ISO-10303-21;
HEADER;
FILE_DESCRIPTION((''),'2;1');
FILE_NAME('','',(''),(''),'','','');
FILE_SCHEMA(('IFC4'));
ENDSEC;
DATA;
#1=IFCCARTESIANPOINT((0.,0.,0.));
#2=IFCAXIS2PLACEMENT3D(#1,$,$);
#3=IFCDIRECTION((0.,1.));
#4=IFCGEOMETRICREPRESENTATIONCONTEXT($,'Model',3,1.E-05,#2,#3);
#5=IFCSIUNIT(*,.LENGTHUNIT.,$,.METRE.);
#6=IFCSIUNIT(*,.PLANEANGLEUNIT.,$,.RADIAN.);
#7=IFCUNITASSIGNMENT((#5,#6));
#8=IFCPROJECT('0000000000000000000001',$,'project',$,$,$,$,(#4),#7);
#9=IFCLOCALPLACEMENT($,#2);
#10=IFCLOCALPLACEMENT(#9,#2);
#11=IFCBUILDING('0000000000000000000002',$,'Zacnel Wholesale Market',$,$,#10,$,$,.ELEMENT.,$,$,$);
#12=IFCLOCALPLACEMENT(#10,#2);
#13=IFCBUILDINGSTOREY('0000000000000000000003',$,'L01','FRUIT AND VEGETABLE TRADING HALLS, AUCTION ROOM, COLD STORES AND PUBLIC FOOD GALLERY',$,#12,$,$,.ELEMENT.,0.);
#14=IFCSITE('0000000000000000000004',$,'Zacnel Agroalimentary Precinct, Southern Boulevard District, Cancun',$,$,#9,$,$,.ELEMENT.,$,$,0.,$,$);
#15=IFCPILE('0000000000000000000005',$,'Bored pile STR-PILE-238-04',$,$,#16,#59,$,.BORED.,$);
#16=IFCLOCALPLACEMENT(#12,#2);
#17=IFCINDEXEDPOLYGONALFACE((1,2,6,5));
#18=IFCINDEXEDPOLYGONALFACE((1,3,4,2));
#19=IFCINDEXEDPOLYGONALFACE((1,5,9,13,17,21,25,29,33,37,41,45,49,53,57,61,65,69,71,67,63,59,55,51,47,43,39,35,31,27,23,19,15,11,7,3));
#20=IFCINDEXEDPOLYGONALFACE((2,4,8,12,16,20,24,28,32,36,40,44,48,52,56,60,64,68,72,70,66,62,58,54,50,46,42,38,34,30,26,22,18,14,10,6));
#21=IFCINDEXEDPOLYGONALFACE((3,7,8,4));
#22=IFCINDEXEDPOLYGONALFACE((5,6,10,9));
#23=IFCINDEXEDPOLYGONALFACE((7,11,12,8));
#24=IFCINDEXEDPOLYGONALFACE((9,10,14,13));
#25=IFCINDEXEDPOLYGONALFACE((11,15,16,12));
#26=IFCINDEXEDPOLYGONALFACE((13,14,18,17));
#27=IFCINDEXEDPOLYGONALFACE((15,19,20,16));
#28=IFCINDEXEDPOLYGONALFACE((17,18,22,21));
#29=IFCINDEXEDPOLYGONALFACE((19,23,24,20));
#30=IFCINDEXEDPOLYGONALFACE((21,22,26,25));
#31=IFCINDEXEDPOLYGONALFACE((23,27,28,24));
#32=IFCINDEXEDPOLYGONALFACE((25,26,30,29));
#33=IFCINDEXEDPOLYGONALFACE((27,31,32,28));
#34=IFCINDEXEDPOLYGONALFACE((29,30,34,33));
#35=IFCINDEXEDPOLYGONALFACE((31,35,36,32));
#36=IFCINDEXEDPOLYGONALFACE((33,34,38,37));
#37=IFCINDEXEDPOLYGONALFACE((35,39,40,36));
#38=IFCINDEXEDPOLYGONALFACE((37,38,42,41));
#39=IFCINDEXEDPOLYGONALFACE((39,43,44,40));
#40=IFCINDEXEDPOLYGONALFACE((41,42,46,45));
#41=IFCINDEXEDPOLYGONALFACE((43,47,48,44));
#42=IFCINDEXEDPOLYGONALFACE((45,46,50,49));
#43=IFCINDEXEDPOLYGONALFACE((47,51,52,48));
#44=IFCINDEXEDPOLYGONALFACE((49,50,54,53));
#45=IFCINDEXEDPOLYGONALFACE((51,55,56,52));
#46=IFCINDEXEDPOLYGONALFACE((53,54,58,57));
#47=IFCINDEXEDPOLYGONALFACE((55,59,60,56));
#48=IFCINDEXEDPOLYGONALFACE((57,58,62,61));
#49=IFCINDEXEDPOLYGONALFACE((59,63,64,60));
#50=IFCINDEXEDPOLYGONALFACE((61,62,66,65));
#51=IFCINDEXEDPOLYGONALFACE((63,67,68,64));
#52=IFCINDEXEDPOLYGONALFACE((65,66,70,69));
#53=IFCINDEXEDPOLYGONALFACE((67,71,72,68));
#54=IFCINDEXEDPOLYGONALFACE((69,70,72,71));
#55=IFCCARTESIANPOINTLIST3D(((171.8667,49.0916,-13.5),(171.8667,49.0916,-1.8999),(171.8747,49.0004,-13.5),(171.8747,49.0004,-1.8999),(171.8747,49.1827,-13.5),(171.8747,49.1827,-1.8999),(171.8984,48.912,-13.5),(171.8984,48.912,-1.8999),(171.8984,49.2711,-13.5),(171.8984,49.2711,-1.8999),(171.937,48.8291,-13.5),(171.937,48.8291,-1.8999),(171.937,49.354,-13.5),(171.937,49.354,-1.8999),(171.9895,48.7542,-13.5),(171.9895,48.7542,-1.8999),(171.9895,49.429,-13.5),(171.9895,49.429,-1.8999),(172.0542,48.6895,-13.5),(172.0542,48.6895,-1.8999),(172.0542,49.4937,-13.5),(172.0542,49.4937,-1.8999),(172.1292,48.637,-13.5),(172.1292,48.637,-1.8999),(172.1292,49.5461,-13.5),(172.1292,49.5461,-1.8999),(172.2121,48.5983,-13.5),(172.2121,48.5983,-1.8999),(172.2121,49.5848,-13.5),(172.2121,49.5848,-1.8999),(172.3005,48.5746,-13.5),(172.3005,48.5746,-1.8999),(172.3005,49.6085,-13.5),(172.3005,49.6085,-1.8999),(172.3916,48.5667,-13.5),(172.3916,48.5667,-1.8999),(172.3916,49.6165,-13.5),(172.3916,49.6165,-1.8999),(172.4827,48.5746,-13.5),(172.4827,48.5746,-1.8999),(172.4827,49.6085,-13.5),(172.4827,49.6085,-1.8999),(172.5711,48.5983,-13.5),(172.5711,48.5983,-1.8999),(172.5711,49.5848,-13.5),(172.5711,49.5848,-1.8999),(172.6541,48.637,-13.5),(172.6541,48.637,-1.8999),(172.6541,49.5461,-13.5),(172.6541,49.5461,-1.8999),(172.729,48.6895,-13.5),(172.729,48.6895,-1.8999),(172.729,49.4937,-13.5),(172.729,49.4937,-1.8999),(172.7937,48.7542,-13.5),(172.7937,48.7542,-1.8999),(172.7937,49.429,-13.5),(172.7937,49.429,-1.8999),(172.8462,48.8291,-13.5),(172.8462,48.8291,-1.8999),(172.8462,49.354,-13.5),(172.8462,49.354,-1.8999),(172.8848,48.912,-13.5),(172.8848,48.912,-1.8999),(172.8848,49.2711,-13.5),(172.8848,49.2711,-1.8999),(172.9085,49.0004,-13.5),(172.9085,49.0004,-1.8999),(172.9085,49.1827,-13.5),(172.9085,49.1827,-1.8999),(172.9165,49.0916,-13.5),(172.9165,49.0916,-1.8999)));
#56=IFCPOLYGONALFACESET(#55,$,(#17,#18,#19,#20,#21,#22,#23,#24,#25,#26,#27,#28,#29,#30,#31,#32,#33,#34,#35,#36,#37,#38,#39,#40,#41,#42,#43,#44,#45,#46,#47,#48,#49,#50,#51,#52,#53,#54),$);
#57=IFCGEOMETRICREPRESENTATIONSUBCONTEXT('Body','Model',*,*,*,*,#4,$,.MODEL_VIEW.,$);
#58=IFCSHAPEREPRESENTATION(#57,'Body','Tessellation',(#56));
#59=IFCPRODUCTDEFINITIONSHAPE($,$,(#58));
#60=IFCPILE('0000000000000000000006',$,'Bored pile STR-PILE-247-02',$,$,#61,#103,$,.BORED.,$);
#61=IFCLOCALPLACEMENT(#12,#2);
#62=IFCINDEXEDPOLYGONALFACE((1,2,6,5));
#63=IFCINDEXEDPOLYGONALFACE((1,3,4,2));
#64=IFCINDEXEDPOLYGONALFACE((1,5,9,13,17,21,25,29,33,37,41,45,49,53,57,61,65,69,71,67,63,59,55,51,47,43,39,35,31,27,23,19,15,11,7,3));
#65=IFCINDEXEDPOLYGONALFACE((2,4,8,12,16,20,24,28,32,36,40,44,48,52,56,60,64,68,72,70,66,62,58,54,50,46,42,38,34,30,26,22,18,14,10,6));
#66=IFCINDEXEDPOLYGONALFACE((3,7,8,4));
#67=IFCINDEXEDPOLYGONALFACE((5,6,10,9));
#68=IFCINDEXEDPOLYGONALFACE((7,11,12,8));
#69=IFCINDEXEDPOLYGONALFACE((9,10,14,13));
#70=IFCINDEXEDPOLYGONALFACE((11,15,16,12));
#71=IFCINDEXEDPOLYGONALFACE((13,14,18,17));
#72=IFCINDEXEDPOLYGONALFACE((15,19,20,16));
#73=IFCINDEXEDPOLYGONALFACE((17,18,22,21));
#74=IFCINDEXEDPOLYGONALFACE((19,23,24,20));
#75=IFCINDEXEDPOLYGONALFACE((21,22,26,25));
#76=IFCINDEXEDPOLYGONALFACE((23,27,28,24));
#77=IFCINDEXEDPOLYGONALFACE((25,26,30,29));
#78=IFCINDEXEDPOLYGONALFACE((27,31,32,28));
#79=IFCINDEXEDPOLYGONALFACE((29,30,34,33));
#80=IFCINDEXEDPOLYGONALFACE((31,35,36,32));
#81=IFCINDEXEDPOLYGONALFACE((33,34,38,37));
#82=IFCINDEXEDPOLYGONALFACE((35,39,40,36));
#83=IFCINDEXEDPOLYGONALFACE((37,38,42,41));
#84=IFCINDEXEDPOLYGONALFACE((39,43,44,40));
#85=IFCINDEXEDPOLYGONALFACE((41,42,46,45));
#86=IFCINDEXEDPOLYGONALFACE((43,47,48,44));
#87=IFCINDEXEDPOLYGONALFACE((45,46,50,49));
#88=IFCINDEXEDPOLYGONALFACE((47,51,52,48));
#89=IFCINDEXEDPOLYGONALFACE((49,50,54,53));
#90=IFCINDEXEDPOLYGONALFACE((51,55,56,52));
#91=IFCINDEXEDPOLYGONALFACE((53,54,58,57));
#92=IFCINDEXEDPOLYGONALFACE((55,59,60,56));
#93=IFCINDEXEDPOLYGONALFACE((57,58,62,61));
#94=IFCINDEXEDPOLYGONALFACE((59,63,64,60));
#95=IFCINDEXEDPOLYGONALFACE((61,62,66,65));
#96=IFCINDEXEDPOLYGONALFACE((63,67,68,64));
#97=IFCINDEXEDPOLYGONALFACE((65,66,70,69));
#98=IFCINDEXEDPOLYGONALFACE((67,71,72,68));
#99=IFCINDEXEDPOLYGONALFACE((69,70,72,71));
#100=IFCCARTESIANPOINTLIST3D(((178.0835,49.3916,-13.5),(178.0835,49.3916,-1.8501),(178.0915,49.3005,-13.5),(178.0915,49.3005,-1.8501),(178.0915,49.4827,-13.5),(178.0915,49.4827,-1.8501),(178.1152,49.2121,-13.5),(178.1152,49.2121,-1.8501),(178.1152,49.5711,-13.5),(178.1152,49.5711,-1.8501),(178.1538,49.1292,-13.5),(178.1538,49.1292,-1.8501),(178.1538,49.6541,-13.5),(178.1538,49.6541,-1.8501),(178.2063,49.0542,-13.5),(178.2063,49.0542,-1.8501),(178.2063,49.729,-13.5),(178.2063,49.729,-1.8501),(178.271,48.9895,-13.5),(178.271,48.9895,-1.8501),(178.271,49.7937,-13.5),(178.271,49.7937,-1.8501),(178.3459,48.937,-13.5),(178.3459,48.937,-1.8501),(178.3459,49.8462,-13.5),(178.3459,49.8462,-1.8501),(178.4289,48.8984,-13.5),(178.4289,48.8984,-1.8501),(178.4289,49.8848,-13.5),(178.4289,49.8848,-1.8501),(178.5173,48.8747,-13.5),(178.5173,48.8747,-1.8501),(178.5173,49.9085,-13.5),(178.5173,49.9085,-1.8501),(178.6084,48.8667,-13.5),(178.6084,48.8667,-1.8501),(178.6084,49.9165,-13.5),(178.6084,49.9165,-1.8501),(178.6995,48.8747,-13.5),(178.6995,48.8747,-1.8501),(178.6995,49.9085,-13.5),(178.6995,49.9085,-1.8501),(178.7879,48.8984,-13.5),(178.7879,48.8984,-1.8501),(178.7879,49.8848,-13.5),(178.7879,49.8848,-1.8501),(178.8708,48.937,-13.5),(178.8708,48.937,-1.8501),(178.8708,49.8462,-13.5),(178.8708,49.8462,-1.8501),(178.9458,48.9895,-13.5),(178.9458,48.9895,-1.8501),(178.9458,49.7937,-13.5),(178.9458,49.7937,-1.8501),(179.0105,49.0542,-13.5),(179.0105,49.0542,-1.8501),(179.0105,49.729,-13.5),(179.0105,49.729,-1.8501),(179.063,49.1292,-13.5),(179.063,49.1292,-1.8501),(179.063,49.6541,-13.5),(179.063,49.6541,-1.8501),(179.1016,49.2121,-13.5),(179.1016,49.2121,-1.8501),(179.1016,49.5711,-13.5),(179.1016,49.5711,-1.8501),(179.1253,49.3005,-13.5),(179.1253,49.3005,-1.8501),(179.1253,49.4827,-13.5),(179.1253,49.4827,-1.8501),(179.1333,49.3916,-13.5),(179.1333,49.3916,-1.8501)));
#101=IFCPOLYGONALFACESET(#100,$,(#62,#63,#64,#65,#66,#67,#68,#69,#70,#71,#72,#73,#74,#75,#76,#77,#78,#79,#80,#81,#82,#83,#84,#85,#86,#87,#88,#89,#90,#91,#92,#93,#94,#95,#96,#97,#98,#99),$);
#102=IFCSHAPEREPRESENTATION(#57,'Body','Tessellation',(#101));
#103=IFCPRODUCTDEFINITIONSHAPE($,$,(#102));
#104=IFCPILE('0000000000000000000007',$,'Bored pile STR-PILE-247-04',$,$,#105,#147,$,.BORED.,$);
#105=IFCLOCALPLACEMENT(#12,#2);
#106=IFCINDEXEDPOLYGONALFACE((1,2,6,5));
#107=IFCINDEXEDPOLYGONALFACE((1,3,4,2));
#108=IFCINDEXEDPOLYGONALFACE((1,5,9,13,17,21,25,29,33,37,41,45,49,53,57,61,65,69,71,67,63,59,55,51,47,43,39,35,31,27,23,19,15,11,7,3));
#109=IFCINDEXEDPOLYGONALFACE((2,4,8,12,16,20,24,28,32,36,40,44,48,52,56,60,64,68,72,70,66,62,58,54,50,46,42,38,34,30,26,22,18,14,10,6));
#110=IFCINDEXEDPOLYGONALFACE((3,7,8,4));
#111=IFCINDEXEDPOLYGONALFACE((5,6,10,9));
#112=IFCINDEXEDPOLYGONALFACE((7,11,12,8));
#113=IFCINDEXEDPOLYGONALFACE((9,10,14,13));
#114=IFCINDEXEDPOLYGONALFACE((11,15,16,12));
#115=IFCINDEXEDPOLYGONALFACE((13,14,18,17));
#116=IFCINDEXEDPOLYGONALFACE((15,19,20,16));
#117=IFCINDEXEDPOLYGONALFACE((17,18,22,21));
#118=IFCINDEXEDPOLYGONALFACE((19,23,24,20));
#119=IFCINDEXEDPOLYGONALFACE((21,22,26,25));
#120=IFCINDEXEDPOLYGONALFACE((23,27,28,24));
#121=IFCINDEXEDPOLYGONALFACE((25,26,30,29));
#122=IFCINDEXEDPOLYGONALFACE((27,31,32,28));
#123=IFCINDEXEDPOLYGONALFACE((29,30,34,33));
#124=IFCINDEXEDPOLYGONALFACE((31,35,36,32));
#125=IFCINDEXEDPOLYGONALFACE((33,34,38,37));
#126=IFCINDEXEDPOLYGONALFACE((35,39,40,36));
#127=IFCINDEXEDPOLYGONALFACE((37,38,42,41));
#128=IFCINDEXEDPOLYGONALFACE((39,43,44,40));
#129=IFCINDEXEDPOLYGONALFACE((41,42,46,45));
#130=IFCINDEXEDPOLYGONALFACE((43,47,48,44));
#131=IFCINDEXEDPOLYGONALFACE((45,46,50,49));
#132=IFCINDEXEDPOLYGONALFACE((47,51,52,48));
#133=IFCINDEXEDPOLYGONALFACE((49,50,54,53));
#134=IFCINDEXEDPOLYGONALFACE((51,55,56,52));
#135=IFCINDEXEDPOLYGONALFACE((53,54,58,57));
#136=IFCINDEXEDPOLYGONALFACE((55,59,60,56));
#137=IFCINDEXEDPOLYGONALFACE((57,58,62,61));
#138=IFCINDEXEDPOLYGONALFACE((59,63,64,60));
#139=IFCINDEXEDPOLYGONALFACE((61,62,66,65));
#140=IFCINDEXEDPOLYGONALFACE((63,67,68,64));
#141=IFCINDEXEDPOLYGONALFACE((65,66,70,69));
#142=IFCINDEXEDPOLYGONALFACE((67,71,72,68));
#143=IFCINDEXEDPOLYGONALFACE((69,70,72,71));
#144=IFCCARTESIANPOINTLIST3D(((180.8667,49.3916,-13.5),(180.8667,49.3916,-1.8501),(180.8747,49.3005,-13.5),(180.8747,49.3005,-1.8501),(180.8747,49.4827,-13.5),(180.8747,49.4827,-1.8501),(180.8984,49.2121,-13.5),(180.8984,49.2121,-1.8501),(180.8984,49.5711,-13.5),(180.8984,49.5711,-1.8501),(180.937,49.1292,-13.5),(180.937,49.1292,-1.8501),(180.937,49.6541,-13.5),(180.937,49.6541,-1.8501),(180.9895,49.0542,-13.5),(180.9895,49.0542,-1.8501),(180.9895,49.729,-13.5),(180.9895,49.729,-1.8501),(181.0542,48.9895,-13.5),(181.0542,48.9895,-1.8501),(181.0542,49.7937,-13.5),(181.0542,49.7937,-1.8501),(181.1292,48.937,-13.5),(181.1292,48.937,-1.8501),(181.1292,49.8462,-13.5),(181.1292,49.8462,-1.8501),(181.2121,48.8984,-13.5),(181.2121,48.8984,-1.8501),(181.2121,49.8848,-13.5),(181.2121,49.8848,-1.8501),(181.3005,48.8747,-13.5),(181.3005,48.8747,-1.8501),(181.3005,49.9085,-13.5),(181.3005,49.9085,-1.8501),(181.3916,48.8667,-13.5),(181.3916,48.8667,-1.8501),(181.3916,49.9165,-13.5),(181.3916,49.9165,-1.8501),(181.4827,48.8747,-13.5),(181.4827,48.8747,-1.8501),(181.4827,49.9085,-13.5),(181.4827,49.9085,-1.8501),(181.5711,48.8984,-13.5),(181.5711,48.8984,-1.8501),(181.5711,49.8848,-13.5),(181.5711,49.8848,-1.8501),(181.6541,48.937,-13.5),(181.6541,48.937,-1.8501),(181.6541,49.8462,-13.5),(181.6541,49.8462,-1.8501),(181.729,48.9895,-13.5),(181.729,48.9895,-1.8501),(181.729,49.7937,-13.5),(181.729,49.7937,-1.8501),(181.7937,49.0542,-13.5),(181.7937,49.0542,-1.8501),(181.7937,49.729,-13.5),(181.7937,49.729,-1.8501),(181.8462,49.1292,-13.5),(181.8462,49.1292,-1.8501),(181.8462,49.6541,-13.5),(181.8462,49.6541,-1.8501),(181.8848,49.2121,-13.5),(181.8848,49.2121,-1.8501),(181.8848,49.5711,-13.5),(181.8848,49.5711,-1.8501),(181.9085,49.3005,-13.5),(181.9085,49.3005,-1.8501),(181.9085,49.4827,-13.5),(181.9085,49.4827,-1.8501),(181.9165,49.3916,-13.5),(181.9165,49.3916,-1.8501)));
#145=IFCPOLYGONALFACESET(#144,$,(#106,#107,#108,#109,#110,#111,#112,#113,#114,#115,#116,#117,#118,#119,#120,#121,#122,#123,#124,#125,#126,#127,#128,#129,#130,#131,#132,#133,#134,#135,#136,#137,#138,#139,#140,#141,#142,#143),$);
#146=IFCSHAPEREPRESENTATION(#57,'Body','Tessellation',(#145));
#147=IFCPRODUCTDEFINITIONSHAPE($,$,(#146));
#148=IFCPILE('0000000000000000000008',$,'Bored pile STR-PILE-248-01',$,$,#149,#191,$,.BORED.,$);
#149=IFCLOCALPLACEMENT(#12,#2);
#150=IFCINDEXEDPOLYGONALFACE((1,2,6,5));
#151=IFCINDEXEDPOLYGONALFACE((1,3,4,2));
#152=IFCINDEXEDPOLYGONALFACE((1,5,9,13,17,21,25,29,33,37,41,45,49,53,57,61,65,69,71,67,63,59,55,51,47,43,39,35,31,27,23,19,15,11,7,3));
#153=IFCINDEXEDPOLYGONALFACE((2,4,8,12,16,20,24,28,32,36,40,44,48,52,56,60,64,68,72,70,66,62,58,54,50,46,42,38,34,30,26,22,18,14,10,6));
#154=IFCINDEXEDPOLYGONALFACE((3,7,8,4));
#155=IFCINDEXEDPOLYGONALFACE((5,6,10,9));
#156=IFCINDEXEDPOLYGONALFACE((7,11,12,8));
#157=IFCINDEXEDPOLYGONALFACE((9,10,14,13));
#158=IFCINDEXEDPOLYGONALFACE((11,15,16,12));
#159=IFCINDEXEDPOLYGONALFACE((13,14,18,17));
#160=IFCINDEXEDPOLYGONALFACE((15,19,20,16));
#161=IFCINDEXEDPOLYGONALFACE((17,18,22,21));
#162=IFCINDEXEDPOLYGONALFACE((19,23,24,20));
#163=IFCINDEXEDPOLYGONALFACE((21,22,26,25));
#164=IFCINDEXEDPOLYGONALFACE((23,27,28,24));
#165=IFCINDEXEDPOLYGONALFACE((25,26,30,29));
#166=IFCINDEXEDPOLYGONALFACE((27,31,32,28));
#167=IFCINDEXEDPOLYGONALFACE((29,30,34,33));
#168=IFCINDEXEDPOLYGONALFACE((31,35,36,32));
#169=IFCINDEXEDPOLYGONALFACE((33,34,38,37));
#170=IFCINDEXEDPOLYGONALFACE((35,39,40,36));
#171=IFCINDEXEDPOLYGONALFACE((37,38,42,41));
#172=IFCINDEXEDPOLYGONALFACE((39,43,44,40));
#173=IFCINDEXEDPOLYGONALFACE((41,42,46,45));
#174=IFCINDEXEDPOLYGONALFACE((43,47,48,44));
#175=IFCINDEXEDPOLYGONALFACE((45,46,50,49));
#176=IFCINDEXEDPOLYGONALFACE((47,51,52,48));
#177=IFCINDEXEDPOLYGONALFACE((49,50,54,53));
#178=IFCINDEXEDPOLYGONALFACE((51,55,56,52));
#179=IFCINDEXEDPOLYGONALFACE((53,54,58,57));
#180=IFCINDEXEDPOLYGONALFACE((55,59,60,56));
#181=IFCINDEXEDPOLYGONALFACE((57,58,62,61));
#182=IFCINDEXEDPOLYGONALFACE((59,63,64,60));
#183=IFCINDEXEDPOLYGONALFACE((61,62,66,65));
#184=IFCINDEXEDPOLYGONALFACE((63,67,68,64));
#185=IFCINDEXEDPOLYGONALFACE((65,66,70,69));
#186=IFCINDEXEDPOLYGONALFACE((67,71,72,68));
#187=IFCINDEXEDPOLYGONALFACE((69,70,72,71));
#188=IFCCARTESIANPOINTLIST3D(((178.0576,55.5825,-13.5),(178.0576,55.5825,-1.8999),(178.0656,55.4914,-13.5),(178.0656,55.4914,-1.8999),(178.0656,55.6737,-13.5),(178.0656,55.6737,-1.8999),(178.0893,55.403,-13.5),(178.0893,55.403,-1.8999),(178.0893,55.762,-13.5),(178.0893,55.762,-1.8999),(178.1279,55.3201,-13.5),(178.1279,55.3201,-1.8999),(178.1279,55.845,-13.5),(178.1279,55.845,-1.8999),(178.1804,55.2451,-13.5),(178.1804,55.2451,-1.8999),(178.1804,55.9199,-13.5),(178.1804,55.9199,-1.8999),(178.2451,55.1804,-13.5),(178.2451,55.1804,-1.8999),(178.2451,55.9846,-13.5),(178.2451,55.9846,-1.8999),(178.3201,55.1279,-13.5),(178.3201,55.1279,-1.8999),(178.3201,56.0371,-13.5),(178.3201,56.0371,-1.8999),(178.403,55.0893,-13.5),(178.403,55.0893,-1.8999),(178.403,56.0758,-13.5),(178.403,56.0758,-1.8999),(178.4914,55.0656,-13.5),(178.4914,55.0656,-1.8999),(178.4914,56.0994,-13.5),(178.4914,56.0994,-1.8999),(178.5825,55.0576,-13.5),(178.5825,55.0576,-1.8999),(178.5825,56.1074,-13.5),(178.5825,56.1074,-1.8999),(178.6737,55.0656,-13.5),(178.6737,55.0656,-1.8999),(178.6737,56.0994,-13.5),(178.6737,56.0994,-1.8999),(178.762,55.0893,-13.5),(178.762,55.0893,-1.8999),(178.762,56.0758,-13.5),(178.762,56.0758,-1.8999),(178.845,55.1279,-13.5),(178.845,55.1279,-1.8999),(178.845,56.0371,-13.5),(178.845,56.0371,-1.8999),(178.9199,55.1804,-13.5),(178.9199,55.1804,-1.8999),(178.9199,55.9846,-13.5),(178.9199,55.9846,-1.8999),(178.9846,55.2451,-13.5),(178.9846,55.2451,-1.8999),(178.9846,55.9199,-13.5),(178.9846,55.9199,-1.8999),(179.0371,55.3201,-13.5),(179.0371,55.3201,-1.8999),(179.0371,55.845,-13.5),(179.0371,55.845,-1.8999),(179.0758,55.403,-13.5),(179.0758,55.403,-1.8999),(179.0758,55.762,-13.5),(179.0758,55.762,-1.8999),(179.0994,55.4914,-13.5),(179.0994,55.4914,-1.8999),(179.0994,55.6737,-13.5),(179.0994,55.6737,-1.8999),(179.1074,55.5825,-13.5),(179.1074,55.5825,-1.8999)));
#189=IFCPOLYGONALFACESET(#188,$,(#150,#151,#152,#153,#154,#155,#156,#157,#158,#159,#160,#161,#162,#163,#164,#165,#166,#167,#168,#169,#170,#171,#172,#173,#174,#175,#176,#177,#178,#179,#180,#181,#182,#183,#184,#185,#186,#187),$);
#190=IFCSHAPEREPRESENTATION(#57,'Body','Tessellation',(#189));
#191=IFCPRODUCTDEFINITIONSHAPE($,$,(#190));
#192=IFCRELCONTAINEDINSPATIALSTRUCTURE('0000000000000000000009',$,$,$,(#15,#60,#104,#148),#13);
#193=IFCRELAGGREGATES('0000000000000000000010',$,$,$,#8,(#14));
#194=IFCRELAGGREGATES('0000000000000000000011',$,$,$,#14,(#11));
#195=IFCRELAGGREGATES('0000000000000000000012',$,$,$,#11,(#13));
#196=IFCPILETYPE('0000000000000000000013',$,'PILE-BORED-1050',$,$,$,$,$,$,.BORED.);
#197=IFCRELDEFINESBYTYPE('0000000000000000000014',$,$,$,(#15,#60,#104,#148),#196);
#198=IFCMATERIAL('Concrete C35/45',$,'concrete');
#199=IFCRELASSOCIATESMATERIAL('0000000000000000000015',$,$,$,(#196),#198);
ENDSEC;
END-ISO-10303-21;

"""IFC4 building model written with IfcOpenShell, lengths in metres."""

from ifc_helpers import new_model, si_unit, direction, frame, origin, origin_2d, place, context, subcontext, project, spatial, circle, extrude, material, material_profile, profile_set, type_object, element, save


model = new_model("IFC4")

# Units and contexts
model_context = context("Model", 3, precision=1e-05, world=origin(), true_north=direction((0.0, 1.0)))
body_context = subcontext(model_context, "Body", "Model", "MODEL_VIEW")
ifc_project = project(units=[si_unit("LENGTHUNIT", "METRE"), si_unit("PLANEANGLEUNIT", "RADIAN")], contexts=[model_context])

# Site, building, storey
site_placement = place(None, origin())
site = spatial("IfcSite", under=ifc_project, at=site_placement, Name="Zacnel Agroalimentary Precinct, Southern Boulevard District, Cancun", CompositionType="ELEMENT", RefElevation=0.0)
building_placement = place(site_placement, origin())
building = spatial("IfcBuilding", under=site, at=building_placement, Name="Zacnel Wholesale Market", CompositionType="ELEMENT")
storey_placement = place(building_placement, origin())
storey = spatial("IfcBuildingStorey", under=building, at=storey_placement, Name="L01", Description="FRUIT AND VEGETABLE TRADING HALLS, AUCTION ROOM, COLD STORES AND PUBLIC FOOD GALLERY", CompositionType="ELEMENT", Elevation=0.0)

# Piles
ifc_material_1 = material(Name="Concrete C35/45", Category="concrete")
ifc_material_profile_1 = material_profile(ifc_material_1, circle(Radius=0.5249, at=origin_2d()), Name="BORED PILE D1050")
ifc_profile_set_1 = profile_set([ifc_material_profile_1], Name="Concrete C35/45")
pile_type = type_object("IfcPileType", Name="PILE-BORED-1050", PredefinedType="BORED", material=ifc_profile_set_1)
for number, where, z_axis, x_axis, name in (
    (1, (172.3916, 49.0916, -1.8999), (0.0, 0.0, -1.0), (1.0, 0.0, 0.0), "Bored pile STR-PILE-238-04"),
):
    element("IfcPile", number, at=place(storey_placement, frame(where, z_axis=z_axis, x_axis=x_axis)), inside=storey, type_object=pile_type, Name=name, PredefinedType="BORED", context=body_context, shape_type="SweptSolid", body=[
        extrude(circle(Radius=0.5249, at=origin_2d()), origin(), (0.0, 0.0, 1.0), 11.6001),
    ])
for number, where, z_axis, x_axis, name in (
    (2, (178.6084, 49.3916, -1.8501), (0.0, 0.0, -1.0), (1.0, 0.0, 0.0), "Bored pile STR-PILE-247-02"),
    (3, (181.3916, 49.3916, -1.8501), (0.0, 0.0, -1.0), (1.0, 0.0, 0.0), "Bored pile STR-PILE-247-04"),
):
    element("IfcPile", number, at=place(storey_placement, frame(where, z_axis=z_axis, x_axis=x_axis)), inside=storey, type_object=pile_type, Name=name, PredefinedType="BORED", context=body_context, shape_type="SweptSolid", body=[
        extrude(circle(Radius=0.5249, at=origin_2d()), origin(), (0.0, 0.0, 1.0), 11.6499),
    ])
for number, where, z_axis, x_axis, name in (
    (4, (178.5825, 55.5825, -1.8999), (0.0, 0.0, -1.0), (1.0, 0.0, 0.0), "Bored pile STR-PILE-248-01"),
):
    element("IfcPile", number, at=place(storey_placement, frame(where, z_axis=z_axis, x_axis=x_axis)), inside=storey, type_object=pile_type, Name=name, PredefinedType="BORED", context=body_context, shape_type="SweptSolid", body=[
        extrude(circle(Radius=0.5249, at=origin_2d()), origin(), (0.0, 0.0, 1.0), 11.6001),
    ])

save(model, "model.ifc")
